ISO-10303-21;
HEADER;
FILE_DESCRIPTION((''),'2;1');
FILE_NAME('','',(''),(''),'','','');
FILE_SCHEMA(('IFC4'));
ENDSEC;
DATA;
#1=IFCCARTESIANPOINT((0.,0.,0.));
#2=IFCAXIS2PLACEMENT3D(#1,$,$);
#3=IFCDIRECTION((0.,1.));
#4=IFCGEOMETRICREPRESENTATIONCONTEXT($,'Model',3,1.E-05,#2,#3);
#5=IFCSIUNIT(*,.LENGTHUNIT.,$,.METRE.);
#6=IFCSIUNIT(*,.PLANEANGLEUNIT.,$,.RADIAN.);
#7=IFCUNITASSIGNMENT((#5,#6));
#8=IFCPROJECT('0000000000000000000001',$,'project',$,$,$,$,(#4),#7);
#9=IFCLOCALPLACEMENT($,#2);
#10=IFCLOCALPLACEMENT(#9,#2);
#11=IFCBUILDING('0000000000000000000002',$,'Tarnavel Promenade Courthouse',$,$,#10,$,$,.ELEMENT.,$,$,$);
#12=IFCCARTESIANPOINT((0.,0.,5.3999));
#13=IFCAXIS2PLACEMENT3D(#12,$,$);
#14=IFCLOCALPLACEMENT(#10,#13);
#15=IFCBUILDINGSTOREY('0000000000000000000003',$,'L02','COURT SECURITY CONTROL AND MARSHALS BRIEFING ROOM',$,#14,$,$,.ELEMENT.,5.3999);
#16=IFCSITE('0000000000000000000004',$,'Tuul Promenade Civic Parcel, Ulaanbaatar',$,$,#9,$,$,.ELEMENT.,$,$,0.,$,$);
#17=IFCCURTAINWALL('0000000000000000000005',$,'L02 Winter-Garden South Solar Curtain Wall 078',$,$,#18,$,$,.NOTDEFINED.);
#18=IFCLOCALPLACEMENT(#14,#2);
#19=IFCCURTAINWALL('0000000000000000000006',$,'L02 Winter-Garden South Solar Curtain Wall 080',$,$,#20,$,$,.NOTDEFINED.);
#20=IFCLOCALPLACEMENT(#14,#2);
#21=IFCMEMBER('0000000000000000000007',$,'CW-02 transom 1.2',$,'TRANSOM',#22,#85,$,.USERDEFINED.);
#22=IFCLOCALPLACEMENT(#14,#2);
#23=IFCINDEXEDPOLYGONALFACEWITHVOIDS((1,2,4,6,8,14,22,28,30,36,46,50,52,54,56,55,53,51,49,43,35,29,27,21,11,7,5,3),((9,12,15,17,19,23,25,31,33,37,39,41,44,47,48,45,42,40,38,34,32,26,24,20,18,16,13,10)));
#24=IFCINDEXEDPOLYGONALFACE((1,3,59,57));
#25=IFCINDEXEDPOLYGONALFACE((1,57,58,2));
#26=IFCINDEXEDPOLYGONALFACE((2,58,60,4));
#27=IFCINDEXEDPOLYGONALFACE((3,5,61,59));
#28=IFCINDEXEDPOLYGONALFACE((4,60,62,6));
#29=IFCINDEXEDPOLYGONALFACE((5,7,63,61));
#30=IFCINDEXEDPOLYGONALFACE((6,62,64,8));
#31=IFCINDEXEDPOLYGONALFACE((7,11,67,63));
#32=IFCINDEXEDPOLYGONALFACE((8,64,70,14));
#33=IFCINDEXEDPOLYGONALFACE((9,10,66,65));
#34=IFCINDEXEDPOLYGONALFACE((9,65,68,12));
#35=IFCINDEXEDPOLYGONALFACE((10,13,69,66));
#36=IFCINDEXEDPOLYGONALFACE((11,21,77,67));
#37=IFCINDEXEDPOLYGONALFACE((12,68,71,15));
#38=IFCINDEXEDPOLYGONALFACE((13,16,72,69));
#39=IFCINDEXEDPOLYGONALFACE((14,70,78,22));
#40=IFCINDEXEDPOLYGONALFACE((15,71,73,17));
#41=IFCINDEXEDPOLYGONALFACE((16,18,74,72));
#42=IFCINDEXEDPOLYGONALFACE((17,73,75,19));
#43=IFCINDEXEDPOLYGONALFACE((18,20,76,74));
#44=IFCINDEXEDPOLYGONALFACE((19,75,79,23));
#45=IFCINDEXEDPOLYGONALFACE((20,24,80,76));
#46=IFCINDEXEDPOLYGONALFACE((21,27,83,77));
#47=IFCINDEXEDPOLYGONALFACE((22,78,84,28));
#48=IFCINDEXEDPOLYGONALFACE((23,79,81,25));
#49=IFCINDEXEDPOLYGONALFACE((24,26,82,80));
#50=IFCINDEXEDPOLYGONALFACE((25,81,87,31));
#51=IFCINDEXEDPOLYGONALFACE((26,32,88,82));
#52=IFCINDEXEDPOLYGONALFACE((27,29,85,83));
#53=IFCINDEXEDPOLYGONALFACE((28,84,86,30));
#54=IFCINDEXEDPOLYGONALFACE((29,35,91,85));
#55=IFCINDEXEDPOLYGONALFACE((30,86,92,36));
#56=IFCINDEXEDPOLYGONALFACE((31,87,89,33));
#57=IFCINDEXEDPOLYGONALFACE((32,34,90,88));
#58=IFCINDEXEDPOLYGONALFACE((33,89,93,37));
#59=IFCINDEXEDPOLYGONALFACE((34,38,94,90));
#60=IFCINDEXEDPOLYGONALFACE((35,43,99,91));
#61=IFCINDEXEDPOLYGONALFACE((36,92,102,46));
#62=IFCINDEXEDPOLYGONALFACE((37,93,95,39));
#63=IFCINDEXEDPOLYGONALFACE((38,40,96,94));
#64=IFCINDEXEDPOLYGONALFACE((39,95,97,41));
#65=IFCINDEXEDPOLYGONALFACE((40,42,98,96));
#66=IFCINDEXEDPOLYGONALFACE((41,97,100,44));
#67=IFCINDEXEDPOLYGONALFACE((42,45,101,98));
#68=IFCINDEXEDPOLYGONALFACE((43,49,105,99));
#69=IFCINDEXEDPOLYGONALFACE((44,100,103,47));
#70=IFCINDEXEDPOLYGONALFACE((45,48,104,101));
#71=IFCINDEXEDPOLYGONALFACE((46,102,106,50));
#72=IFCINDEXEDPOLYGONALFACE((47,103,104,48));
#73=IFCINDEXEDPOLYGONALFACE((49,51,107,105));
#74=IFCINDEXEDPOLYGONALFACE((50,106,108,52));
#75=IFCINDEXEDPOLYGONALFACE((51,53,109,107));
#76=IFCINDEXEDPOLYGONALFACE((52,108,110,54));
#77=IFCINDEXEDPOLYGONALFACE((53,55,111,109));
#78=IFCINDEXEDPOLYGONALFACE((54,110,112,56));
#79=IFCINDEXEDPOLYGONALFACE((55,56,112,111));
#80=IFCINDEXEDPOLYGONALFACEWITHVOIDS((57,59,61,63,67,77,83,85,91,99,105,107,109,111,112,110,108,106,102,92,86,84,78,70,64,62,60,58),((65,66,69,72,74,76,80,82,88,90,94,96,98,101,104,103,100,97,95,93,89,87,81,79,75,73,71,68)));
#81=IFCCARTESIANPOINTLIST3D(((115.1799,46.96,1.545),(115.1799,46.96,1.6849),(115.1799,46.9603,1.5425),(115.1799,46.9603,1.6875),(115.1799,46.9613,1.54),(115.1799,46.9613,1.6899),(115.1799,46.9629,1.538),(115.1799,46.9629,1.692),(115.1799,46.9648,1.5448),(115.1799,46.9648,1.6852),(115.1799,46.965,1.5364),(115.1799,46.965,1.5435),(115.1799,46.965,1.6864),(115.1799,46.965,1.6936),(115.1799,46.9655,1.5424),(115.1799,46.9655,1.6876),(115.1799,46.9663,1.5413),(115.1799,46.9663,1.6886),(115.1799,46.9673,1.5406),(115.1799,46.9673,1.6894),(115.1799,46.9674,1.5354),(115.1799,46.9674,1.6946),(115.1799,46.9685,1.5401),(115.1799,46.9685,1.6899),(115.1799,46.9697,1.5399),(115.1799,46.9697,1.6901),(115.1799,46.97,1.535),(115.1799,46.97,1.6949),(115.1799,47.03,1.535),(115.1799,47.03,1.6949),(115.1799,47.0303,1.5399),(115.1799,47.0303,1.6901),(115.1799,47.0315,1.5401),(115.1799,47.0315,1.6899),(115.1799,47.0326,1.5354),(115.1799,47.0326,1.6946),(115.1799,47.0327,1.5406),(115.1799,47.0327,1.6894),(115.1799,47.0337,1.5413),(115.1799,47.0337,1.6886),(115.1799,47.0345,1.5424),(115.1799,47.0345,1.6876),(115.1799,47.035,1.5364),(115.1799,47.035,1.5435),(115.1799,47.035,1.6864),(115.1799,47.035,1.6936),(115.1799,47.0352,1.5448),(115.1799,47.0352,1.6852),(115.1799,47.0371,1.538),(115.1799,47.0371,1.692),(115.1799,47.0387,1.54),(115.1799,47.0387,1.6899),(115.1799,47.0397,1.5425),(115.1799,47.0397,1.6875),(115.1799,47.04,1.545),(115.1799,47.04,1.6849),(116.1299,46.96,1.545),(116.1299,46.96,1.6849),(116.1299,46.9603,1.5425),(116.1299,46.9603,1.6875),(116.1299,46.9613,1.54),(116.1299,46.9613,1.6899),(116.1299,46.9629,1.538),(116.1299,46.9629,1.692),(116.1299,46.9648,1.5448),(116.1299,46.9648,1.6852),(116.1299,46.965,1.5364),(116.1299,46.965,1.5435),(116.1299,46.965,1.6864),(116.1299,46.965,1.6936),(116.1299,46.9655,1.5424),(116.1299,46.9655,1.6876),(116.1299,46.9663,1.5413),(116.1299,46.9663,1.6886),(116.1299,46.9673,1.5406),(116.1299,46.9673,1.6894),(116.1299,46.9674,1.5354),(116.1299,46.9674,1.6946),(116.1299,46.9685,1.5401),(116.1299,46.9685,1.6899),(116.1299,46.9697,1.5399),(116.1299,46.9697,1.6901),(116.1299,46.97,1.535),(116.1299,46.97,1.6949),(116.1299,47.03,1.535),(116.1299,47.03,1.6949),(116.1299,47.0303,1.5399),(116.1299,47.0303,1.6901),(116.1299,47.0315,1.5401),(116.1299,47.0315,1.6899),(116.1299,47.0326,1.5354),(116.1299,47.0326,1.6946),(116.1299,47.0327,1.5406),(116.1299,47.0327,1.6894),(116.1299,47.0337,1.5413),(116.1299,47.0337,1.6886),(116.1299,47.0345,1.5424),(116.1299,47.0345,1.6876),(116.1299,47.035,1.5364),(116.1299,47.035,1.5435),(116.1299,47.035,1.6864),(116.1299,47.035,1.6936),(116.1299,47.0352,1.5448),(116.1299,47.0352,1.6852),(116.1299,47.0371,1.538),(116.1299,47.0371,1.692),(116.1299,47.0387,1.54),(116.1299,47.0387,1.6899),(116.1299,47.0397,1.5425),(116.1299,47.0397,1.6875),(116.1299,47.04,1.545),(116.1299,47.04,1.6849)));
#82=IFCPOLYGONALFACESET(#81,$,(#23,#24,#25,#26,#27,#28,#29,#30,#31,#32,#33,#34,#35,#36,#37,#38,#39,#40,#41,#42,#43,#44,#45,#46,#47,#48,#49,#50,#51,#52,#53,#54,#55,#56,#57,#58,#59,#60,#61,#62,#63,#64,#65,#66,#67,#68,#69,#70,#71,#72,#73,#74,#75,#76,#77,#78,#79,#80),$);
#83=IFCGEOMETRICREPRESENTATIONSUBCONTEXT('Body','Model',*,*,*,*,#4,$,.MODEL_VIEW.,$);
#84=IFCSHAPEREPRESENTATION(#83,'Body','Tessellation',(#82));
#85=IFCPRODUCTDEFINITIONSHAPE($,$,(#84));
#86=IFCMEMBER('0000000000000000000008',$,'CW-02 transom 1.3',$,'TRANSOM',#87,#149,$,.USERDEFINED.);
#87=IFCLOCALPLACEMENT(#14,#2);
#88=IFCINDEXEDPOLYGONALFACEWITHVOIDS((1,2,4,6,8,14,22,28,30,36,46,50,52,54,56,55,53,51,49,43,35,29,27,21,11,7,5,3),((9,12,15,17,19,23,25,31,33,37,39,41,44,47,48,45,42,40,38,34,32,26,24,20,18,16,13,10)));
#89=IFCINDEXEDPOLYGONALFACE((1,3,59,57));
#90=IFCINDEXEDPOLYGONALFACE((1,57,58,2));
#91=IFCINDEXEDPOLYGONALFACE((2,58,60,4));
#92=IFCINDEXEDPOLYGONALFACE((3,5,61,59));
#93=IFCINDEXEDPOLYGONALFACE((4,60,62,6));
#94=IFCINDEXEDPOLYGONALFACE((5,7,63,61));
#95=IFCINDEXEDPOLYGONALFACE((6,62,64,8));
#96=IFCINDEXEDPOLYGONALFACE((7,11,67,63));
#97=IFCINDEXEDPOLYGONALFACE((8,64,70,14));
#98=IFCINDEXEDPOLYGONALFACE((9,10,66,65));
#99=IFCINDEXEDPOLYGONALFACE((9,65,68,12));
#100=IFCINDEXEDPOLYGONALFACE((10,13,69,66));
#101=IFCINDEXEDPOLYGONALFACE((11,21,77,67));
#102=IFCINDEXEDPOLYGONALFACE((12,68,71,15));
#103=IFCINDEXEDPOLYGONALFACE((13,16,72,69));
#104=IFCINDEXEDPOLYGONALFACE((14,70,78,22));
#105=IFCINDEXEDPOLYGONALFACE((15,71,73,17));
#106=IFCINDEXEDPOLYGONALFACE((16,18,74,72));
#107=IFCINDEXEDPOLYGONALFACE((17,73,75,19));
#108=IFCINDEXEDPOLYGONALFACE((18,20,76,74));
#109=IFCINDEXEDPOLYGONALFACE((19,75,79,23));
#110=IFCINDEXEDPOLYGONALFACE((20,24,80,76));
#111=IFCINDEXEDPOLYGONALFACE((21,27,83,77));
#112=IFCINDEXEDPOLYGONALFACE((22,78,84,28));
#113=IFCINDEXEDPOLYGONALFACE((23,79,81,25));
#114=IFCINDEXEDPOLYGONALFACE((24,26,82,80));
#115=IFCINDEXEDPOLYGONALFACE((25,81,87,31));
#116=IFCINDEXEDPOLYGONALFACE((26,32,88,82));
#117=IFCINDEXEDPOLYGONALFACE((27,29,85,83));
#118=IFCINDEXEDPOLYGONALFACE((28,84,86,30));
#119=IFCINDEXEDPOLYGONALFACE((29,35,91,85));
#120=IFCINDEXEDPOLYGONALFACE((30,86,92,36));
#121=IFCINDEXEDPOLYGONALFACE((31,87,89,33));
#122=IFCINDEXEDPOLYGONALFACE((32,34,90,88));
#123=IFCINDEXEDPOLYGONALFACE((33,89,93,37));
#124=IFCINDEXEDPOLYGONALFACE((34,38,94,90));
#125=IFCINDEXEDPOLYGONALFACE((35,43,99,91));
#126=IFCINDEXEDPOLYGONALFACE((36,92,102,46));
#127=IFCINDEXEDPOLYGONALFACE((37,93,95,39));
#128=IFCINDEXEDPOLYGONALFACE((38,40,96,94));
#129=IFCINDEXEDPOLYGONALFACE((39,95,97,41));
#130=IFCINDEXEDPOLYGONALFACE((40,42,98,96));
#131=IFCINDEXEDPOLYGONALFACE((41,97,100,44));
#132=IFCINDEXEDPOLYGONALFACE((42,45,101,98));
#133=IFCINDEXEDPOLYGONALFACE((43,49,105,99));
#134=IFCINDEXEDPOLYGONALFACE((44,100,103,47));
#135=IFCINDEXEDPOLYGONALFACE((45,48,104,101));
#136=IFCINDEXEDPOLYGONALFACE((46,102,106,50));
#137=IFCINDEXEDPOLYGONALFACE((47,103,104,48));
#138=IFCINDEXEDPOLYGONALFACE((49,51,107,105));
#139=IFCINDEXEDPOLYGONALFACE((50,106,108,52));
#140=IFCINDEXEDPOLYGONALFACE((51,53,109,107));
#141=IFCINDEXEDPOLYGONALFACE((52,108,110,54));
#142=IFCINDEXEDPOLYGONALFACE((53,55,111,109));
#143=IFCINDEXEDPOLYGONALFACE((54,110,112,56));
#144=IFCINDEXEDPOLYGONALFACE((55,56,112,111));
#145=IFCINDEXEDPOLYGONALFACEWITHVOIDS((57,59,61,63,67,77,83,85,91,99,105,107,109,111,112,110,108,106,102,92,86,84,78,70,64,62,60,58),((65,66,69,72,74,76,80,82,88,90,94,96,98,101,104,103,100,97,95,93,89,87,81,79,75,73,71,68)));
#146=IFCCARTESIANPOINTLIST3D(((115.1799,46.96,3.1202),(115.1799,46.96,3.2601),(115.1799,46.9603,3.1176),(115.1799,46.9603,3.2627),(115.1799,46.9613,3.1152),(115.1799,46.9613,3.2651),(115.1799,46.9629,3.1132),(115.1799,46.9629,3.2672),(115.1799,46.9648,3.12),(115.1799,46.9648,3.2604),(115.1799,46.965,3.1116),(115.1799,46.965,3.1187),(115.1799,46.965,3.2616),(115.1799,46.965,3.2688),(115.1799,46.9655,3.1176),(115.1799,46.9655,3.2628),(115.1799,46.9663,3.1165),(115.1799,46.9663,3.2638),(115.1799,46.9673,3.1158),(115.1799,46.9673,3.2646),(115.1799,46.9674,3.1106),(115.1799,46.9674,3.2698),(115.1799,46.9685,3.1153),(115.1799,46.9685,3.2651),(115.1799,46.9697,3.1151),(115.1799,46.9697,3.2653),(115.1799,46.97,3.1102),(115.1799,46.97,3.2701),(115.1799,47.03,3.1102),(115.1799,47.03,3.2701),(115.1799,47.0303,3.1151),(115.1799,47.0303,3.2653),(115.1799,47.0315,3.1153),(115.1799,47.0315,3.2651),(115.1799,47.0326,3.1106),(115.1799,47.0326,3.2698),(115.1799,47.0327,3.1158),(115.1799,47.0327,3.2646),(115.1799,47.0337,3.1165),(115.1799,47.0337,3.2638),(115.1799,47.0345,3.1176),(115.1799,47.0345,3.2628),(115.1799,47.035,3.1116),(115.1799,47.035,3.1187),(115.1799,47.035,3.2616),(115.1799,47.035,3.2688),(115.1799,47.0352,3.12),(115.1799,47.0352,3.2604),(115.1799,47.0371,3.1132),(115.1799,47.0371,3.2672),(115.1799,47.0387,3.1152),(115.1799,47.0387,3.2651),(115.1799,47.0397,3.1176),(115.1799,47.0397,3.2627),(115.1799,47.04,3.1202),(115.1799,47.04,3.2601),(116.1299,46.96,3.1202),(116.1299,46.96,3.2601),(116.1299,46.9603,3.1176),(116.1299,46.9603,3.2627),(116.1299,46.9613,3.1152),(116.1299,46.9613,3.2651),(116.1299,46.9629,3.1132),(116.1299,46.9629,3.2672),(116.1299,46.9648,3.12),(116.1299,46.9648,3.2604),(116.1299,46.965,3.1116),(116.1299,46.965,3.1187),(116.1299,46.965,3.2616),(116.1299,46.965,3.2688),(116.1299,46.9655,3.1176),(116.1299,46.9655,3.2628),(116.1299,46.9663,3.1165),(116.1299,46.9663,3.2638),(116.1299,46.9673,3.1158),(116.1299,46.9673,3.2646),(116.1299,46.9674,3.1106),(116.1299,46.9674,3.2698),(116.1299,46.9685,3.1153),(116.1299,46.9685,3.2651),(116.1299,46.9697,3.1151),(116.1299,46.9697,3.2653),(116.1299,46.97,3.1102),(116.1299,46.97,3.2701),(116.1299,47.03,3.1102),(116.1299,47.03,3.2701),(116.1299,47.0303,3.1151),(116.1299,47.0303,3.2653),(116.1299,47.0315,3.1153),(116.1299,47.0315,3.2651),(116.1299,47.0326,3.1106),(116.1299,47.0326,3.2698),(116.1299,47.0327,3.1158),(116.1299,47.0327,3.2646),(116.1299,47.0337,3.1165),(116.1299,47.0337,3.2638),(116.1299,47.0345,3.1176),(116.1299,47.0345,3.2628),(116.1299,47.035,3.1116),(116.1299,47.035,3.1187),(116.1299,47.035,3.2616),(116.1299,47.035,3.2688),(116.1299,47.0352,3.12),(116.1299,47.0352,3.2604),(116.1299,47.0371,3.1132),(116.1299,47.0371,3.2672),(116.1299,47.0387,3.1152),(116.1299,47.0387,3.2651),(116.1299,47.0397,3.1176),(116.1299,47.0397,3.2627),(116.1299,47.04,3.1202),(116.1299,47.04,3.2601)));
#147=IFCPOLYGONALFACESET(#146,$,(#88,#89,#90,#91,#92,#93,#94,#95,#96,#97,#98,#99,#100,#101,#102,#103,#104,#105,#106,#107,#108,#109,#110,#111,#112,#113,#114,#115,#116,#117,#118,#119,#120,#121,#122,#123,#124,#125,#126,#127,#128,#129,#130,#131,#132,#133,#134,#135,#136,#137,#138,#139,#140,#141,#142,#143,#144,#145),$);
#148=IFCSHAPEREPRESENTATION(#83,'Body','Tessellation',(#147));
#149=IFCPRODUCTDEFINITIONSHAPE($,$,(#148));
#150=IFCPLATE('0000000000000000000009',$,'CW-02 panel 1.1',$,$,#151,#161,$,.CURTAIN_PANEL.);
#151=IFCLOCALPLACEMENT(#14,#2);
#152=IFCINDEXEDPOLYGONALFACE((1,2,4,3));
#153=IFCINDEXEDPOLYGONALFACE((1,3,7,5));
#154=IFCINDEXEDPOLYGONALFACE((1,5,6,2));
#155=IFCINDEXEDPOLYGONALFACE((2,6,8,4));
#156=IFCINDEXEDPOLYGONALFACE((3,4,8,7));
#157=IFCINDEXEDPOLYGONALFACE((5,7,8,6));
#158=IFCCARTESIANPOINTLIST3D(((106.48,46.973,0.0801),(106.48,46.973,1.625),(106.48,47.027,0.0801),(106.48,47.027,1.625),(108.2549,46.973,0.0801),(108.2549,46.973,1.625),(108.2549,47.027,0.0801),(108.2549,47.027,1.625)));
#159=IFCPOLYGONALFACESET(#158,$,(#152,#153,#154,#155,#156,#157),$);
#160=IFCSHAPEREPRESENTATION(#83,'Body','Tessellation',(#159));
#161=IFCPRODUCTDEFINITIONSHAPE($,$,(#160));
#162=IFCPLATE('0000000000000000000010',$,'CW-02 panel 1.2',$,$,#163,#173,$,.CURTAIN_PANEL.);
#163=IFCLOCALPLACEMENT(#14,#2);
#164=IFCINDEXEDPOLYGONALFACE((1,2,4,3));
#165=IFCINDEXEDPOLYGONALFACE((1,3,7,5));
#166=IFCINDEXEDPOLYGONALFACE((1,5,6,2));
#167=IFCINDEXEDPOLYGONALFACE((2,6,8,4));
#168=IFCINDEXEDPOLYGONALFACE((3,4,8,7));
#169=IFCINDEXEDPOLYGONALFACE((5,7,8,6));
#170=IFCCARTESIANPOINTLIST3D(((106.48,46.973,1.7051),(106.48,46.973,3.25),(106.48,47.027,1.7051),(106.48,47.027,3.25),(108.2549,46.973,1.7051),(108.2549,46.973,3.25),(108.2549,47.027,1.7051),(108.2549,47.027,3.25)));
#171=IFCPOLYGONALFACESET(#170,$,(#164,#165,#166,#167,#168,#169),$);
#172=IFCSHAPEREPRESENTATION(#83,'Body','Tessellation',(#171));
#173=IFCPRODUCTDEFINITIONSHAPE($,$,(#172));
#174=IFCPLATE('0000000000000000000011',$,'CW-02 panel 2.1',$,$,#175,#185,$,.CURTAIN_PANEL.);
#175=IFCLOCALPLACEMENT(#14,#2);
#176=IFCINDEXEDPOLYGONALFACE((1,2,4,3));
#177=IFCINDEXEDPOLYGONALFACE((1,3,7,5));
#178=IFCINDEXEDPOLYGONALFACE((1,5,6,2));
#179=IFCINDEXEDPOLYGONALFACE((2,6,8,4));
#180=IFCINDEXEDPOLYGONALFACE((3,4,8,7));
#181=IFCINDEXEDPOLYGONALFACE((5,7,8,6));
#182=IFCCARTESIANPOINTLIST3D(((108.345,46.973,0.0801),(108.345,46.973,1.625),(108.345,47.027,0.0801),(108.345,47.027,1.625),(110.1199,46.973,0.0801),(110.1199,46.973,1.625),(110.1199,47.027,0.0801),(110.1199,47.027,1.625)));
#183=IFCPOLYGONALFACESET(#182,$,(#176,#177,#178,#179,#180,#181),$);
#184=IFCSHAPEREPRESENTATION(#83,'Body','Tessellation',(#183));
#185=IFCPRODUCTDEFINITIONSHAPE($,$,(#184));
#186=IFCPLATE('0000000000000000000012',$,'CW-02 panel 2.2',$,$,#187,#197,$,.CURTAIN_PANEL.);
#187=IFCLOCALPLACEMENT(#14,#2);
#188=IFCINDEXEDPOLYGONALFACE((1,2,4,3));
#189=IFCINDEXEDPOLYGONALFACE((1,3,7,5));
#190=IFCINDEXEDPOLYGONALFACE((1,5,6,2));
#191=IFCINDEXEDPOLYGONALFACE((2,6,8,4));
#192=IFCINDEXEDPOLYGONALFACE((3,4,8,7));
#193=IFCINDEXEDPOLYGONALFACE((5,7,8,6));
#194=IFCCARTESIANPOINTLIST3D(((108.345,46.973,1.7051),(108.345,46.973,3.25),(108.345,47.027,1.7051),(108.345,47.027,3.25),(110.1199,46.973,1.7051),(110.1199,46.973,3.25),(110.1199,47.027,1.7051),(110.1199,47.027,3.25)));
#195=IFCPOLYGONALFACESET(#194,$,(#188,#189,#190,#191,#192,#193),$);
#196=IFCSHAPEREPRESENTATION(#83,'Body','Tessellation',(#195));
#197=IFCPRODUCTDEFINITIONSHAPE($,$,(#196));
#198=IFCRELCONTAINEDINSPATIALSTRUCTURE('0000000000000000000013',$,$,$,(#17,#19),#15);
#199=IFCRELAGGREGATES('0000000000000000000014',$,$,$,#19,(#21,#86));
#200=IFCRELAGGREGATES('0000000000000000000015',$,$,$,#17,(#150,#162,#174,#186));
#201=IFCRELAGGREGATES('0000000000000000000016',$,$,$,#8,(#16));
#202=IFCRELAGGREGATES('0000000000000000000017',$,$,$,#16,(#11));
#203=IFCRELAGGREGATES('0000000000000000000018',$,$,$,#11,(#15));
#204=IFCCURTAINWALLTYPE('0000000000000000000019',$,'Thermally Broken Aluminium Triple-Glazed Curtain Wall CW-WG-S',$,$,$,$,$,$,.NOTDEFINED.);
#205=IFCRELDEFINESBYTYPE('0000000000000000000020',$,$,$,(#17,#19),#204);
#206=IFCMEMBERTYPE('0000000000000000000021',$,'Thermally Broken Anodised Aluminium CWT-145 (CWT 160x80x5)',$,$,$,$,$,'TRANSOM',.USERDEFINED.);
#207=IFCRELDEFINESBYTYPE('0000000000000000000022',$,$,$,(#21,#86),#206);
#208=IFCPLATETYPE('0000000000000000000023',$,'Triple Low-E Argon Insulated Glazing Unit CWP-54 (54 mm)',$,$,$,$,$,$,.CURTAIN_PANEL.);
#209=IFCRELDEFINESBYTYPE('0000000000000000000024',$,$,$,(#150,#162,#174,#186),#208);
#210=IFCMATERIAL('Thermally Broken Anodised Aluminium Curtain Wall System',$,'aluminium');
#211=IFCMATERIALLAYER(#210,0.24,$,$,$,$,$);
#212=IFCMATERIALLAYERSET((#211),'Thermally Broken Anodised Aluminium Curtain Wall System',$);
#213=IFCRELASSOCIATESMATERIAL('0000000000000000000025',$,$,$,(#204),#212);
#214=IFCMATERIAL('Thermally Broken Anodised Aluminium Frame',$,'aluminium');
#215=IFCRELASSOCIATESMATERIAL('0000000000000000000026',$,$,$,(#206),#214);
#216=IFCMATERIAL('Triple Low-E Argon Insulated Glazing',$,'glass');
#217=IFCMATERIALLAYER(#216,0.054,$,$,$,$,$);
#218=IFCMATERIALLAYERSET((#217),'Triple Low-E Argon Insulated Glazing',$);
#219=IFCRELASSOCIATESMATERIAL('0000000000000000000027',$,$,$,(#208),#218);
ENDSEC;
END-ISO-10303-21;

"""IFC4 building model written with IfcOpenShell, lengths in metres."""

from ifc_helpers import new_model, si_unit, direction, frame, origin, origin_2d, place, context, subcontext, project, spatial, rectangle, hollow_rectangle, extrude, material, layer, layer_set, material_profile, profile_set, type_object, element, aggregate, save


model = new_model("IFC4")

# Units and contexts
model_context = context("Model", 3, precision=1e-05, world=origin(), true_north=direction((0.0, 1.0)))
body_context = subcontext(model_context, "Body", "Model", "MODEL_VIEW")
ifc_project = project(units=[si_unit("LENGTHUNIT", "METRE"), si_unit("PLANEANGLEUNIT", "RADIAN")], contexts=[model_context])

# Site, building, storey
site_placement = place(None, origin())
site = spatial("IfcSite", under=ifc_project, at=site_placement, Name="Tuul Promenade Civic Parcel, Ulaanbaatar", CompositionType="ELEMENT", RefElevation=0.0)
building_placement = place(site_placement, origin())
building = spatial("IfcBuilding", under=site, at=building_placement, Name="Tarnavel Promenade Courthouse", CompositionType="ELEMENT")
storey_placement = place(building_placement, frame((0.0, 0.0, 5.3999)))
storey = spatial("IfcBuildingStorey", under=building, at=storey_placement, Name="L02", Description="COURT SECURITY CONTROL AND MARSHALS BRIEFING ROOM", CompositionType="ELEMENT", Elevation=5.3999)

# Curtain wall
ifc_material_1 = material(Name="Thermally Broken Anodised Aluminium Curtain Wall System", Category="aluminium")
ifc_layer_1 = layer(ifc_material_1, 0.24)
ifc_layer_set_1 = layer_set([ifc_layer_1], Name="Thermally Broken Anodised Aluminium Curtain Wall System")
curtain_wall_type = type_object("IfcCurtainWallType", Name="Thermally Broken Aluminium Triple-Glazed Curtain Wall CW-WG-S", PredefinedType="NOTDEFINED", material=ifc_layer_set_1)
curtain_wall_1_placement = place(storey_placement, origin())
curtain_wall_1 = element("IfcCurtainWall", 1, at=curtain_wall_1_placement, inside=storey, type_object=curtain_wall_type, Name="L02 Winter-Garden South Solar Curtain Wall 078", PredefinedType="NOTDEFINED")
ifc_material_2 = material(Name="Thermally Broken Anodised Aluminium Frame", Category="aluminium")

# Curtain wall
curtain_wall_2_placement = place(storey_placement, origin())
curtain_wall_2 = element("IfcCurtainWall", 2, at=curtain_wall_2_placement, inside=storey, type_object=curtain_wall_type, Name="L02 Winter-Garden South Solar Curtain Wall 080", PredefinedType="NOTDEFINED")

# Members
ifc_material_profile_1 = material_profile(ifc_material_2, hollow_rectangle(XDim=0.0801, YDim=0.1599, WallThickness=0.0049, InnerFilletRadius=0.0049, OuterFilletRadius=0.01, at=origin_2d()), Name="CWT 160x80x5")
ifc_profile_set_1 = profile_set([ifc_material_profile_1], Name="Thermally Broken Anodised Aluminium Frame")
member_type_1 = type_object("IfcMemberType", Name="Thermally Broken Anodised Aluminium CWT-145 (CWT 160x80x5)", ElementType="TRANSOM", PredefinedType="USERDEFINED", material=ifc_profile_set_1)
member_1_placement = place(storey_placement, frame((115.1799, 47.0, 1.615), z_axis=(1.0, 0.0, 0.0), x_axis=(0.0, 1.0, 0.0)))
member_1 = element("IfcMember", 3, at=member_1_placement, type_object=member_type_1, Name="CW-02 transom 1.2", ObjectType="TRANSOM", PredefinedType="USERDEFINED", context=body_context, shape_type="SweptSolid", body=[
    extrude(hollow_rectangle(XDim=0.0801, YDim=0.1599, WallThickness=0.0049, InnerFilletRadius=0.0049, OuterFilletRadius=0.01, at=origin_2d()), origin(), (0.0, 0.0, 1.0), 0.95),
])
member_2_placement = place(storey_placement, frame((115.1799, 47.0, 3.1902), z_axis=(1.0, 0.0, 0.0), x_axis=(0.0, 1.0, 0.0)))
member_2 = element("IfcMember", 4, at=member_2_placement, type_object=member_type_1, Name="CW-02 transom 1.3", ObjectType="TRANSOM", PredefinedType="USERDEFINED", context=body_context, shape_type="SweptSolid", body=[
    extrude(hollow_rectangle(XDim=0.0801, YDim=0.1599, WallThickness=0.0049, InnerFilletRadius=0.0049, OuterFilletRadius=0.01, at=origin_2d()), origin(), (0.0, 0.0, 1.0), 0.95),
])
aggregate(curtain_wall_2, [member_1, member_2])

# Plates
ifc_material_3 = material(Name="Triple Low-E Argon Insulated Glazing", Category="glass")
ifc_layer_2 = layer(ifc_material_3, 0.054)
ifc_layer_set_2 = layer_set([ifc_layer_2], Name="Triple Low-E Argon Insulated Glazing")
plate_type = type_object("IfcPlateType", Name="Triple Low-E Argon Insulated Glazing Unit CWP-54 (54 mm)", PredefinedType="CURTAIN_PANEL", material=ifc_layer_set_2)
plate_1_placement = place(storey_placement, frame((107.3674, 47.0, 0.0801), z_axis=(0.0, 0.0, 1.0), x_axis=(1.0, 0.0, 0.0)))
plate_1 = element("IfcPlate", 5, at=plate_1_placement, type_object=plate_type, Name="CW-02 panel 1.1", PredefinedType="CURTAIN_PANEL", context=body_context, shape_type="SweptSolid", body=[
    extrude(rectangle(XDim=1.7749, YDim=0.054, at=origin_2d()), origin(), (0.0, 0.0, 1.0), 1.5449),
])
plate_2_placement = place(storey_placement, frame((107.3674, 47.0, 1.7051), z_axis=(0.0, 0.0, 1.0), x_axis=(1.0, 0.0, 0.0)))
plate_2 = element("IfcPlate", 6, at=plate_2_placement, type_object=plate_type, Name="CW-02 panel 1.2", PredefinedType="CURTAIN_PANEL", context=body_context, shape_type="SweptSolid", body=[
    extrude(rectangle(XDim=1.7749, YDim=0.054, at=origin_2d()), origin(), (0.0, 0.0, 1.0), 1.5449),
])
plate_3_placement = place(storey_placement, frame((109.2324, 47.0, 0.0801), z_axis=(0.0, 0.0, 1.0), x_axis=(1.0, 0.0, 0.0)))
plate_3 = element("IfcPlate", 7, at=plate_3_placement, type_object=plate_type, Name="CW-02 panel 2.1", PredefinedType="CURTAIN_PANEL", context=body_context, shape_type="SweptSolid", body=[
    extrude(rectangle(XDim=1.7749, YDim=0.054, at=origin_2d()), origin(), (0.0, 0.0, 1.0), 1.5449),
])
plate_4_placement = place(storey_placement, frame((109.2324, 47.0, 1.7051), z_axis=(0.0, 0.0, 1.0), x_axis=(1.0, 0.0, 0.0)))
plate_4 = element("IfcPlate", 8, at=plate_4_placement, type_object=plate_type, Name="CW-02 panel 2.2", PredefinedType="CURTAIN_PANEL", context=body_context, shape_type="SweptSolid", body=[
    extrude(rectangle(XDim=1.7749, YDim=0.054, at=origin_2d()), origin(), (0.0, 0.0, 1.0), 1.5449),
])
aggregate(curtain_wall_1, [plate_1, plate_2, plate_3, plate_4])

save(model, "model.ifc")
